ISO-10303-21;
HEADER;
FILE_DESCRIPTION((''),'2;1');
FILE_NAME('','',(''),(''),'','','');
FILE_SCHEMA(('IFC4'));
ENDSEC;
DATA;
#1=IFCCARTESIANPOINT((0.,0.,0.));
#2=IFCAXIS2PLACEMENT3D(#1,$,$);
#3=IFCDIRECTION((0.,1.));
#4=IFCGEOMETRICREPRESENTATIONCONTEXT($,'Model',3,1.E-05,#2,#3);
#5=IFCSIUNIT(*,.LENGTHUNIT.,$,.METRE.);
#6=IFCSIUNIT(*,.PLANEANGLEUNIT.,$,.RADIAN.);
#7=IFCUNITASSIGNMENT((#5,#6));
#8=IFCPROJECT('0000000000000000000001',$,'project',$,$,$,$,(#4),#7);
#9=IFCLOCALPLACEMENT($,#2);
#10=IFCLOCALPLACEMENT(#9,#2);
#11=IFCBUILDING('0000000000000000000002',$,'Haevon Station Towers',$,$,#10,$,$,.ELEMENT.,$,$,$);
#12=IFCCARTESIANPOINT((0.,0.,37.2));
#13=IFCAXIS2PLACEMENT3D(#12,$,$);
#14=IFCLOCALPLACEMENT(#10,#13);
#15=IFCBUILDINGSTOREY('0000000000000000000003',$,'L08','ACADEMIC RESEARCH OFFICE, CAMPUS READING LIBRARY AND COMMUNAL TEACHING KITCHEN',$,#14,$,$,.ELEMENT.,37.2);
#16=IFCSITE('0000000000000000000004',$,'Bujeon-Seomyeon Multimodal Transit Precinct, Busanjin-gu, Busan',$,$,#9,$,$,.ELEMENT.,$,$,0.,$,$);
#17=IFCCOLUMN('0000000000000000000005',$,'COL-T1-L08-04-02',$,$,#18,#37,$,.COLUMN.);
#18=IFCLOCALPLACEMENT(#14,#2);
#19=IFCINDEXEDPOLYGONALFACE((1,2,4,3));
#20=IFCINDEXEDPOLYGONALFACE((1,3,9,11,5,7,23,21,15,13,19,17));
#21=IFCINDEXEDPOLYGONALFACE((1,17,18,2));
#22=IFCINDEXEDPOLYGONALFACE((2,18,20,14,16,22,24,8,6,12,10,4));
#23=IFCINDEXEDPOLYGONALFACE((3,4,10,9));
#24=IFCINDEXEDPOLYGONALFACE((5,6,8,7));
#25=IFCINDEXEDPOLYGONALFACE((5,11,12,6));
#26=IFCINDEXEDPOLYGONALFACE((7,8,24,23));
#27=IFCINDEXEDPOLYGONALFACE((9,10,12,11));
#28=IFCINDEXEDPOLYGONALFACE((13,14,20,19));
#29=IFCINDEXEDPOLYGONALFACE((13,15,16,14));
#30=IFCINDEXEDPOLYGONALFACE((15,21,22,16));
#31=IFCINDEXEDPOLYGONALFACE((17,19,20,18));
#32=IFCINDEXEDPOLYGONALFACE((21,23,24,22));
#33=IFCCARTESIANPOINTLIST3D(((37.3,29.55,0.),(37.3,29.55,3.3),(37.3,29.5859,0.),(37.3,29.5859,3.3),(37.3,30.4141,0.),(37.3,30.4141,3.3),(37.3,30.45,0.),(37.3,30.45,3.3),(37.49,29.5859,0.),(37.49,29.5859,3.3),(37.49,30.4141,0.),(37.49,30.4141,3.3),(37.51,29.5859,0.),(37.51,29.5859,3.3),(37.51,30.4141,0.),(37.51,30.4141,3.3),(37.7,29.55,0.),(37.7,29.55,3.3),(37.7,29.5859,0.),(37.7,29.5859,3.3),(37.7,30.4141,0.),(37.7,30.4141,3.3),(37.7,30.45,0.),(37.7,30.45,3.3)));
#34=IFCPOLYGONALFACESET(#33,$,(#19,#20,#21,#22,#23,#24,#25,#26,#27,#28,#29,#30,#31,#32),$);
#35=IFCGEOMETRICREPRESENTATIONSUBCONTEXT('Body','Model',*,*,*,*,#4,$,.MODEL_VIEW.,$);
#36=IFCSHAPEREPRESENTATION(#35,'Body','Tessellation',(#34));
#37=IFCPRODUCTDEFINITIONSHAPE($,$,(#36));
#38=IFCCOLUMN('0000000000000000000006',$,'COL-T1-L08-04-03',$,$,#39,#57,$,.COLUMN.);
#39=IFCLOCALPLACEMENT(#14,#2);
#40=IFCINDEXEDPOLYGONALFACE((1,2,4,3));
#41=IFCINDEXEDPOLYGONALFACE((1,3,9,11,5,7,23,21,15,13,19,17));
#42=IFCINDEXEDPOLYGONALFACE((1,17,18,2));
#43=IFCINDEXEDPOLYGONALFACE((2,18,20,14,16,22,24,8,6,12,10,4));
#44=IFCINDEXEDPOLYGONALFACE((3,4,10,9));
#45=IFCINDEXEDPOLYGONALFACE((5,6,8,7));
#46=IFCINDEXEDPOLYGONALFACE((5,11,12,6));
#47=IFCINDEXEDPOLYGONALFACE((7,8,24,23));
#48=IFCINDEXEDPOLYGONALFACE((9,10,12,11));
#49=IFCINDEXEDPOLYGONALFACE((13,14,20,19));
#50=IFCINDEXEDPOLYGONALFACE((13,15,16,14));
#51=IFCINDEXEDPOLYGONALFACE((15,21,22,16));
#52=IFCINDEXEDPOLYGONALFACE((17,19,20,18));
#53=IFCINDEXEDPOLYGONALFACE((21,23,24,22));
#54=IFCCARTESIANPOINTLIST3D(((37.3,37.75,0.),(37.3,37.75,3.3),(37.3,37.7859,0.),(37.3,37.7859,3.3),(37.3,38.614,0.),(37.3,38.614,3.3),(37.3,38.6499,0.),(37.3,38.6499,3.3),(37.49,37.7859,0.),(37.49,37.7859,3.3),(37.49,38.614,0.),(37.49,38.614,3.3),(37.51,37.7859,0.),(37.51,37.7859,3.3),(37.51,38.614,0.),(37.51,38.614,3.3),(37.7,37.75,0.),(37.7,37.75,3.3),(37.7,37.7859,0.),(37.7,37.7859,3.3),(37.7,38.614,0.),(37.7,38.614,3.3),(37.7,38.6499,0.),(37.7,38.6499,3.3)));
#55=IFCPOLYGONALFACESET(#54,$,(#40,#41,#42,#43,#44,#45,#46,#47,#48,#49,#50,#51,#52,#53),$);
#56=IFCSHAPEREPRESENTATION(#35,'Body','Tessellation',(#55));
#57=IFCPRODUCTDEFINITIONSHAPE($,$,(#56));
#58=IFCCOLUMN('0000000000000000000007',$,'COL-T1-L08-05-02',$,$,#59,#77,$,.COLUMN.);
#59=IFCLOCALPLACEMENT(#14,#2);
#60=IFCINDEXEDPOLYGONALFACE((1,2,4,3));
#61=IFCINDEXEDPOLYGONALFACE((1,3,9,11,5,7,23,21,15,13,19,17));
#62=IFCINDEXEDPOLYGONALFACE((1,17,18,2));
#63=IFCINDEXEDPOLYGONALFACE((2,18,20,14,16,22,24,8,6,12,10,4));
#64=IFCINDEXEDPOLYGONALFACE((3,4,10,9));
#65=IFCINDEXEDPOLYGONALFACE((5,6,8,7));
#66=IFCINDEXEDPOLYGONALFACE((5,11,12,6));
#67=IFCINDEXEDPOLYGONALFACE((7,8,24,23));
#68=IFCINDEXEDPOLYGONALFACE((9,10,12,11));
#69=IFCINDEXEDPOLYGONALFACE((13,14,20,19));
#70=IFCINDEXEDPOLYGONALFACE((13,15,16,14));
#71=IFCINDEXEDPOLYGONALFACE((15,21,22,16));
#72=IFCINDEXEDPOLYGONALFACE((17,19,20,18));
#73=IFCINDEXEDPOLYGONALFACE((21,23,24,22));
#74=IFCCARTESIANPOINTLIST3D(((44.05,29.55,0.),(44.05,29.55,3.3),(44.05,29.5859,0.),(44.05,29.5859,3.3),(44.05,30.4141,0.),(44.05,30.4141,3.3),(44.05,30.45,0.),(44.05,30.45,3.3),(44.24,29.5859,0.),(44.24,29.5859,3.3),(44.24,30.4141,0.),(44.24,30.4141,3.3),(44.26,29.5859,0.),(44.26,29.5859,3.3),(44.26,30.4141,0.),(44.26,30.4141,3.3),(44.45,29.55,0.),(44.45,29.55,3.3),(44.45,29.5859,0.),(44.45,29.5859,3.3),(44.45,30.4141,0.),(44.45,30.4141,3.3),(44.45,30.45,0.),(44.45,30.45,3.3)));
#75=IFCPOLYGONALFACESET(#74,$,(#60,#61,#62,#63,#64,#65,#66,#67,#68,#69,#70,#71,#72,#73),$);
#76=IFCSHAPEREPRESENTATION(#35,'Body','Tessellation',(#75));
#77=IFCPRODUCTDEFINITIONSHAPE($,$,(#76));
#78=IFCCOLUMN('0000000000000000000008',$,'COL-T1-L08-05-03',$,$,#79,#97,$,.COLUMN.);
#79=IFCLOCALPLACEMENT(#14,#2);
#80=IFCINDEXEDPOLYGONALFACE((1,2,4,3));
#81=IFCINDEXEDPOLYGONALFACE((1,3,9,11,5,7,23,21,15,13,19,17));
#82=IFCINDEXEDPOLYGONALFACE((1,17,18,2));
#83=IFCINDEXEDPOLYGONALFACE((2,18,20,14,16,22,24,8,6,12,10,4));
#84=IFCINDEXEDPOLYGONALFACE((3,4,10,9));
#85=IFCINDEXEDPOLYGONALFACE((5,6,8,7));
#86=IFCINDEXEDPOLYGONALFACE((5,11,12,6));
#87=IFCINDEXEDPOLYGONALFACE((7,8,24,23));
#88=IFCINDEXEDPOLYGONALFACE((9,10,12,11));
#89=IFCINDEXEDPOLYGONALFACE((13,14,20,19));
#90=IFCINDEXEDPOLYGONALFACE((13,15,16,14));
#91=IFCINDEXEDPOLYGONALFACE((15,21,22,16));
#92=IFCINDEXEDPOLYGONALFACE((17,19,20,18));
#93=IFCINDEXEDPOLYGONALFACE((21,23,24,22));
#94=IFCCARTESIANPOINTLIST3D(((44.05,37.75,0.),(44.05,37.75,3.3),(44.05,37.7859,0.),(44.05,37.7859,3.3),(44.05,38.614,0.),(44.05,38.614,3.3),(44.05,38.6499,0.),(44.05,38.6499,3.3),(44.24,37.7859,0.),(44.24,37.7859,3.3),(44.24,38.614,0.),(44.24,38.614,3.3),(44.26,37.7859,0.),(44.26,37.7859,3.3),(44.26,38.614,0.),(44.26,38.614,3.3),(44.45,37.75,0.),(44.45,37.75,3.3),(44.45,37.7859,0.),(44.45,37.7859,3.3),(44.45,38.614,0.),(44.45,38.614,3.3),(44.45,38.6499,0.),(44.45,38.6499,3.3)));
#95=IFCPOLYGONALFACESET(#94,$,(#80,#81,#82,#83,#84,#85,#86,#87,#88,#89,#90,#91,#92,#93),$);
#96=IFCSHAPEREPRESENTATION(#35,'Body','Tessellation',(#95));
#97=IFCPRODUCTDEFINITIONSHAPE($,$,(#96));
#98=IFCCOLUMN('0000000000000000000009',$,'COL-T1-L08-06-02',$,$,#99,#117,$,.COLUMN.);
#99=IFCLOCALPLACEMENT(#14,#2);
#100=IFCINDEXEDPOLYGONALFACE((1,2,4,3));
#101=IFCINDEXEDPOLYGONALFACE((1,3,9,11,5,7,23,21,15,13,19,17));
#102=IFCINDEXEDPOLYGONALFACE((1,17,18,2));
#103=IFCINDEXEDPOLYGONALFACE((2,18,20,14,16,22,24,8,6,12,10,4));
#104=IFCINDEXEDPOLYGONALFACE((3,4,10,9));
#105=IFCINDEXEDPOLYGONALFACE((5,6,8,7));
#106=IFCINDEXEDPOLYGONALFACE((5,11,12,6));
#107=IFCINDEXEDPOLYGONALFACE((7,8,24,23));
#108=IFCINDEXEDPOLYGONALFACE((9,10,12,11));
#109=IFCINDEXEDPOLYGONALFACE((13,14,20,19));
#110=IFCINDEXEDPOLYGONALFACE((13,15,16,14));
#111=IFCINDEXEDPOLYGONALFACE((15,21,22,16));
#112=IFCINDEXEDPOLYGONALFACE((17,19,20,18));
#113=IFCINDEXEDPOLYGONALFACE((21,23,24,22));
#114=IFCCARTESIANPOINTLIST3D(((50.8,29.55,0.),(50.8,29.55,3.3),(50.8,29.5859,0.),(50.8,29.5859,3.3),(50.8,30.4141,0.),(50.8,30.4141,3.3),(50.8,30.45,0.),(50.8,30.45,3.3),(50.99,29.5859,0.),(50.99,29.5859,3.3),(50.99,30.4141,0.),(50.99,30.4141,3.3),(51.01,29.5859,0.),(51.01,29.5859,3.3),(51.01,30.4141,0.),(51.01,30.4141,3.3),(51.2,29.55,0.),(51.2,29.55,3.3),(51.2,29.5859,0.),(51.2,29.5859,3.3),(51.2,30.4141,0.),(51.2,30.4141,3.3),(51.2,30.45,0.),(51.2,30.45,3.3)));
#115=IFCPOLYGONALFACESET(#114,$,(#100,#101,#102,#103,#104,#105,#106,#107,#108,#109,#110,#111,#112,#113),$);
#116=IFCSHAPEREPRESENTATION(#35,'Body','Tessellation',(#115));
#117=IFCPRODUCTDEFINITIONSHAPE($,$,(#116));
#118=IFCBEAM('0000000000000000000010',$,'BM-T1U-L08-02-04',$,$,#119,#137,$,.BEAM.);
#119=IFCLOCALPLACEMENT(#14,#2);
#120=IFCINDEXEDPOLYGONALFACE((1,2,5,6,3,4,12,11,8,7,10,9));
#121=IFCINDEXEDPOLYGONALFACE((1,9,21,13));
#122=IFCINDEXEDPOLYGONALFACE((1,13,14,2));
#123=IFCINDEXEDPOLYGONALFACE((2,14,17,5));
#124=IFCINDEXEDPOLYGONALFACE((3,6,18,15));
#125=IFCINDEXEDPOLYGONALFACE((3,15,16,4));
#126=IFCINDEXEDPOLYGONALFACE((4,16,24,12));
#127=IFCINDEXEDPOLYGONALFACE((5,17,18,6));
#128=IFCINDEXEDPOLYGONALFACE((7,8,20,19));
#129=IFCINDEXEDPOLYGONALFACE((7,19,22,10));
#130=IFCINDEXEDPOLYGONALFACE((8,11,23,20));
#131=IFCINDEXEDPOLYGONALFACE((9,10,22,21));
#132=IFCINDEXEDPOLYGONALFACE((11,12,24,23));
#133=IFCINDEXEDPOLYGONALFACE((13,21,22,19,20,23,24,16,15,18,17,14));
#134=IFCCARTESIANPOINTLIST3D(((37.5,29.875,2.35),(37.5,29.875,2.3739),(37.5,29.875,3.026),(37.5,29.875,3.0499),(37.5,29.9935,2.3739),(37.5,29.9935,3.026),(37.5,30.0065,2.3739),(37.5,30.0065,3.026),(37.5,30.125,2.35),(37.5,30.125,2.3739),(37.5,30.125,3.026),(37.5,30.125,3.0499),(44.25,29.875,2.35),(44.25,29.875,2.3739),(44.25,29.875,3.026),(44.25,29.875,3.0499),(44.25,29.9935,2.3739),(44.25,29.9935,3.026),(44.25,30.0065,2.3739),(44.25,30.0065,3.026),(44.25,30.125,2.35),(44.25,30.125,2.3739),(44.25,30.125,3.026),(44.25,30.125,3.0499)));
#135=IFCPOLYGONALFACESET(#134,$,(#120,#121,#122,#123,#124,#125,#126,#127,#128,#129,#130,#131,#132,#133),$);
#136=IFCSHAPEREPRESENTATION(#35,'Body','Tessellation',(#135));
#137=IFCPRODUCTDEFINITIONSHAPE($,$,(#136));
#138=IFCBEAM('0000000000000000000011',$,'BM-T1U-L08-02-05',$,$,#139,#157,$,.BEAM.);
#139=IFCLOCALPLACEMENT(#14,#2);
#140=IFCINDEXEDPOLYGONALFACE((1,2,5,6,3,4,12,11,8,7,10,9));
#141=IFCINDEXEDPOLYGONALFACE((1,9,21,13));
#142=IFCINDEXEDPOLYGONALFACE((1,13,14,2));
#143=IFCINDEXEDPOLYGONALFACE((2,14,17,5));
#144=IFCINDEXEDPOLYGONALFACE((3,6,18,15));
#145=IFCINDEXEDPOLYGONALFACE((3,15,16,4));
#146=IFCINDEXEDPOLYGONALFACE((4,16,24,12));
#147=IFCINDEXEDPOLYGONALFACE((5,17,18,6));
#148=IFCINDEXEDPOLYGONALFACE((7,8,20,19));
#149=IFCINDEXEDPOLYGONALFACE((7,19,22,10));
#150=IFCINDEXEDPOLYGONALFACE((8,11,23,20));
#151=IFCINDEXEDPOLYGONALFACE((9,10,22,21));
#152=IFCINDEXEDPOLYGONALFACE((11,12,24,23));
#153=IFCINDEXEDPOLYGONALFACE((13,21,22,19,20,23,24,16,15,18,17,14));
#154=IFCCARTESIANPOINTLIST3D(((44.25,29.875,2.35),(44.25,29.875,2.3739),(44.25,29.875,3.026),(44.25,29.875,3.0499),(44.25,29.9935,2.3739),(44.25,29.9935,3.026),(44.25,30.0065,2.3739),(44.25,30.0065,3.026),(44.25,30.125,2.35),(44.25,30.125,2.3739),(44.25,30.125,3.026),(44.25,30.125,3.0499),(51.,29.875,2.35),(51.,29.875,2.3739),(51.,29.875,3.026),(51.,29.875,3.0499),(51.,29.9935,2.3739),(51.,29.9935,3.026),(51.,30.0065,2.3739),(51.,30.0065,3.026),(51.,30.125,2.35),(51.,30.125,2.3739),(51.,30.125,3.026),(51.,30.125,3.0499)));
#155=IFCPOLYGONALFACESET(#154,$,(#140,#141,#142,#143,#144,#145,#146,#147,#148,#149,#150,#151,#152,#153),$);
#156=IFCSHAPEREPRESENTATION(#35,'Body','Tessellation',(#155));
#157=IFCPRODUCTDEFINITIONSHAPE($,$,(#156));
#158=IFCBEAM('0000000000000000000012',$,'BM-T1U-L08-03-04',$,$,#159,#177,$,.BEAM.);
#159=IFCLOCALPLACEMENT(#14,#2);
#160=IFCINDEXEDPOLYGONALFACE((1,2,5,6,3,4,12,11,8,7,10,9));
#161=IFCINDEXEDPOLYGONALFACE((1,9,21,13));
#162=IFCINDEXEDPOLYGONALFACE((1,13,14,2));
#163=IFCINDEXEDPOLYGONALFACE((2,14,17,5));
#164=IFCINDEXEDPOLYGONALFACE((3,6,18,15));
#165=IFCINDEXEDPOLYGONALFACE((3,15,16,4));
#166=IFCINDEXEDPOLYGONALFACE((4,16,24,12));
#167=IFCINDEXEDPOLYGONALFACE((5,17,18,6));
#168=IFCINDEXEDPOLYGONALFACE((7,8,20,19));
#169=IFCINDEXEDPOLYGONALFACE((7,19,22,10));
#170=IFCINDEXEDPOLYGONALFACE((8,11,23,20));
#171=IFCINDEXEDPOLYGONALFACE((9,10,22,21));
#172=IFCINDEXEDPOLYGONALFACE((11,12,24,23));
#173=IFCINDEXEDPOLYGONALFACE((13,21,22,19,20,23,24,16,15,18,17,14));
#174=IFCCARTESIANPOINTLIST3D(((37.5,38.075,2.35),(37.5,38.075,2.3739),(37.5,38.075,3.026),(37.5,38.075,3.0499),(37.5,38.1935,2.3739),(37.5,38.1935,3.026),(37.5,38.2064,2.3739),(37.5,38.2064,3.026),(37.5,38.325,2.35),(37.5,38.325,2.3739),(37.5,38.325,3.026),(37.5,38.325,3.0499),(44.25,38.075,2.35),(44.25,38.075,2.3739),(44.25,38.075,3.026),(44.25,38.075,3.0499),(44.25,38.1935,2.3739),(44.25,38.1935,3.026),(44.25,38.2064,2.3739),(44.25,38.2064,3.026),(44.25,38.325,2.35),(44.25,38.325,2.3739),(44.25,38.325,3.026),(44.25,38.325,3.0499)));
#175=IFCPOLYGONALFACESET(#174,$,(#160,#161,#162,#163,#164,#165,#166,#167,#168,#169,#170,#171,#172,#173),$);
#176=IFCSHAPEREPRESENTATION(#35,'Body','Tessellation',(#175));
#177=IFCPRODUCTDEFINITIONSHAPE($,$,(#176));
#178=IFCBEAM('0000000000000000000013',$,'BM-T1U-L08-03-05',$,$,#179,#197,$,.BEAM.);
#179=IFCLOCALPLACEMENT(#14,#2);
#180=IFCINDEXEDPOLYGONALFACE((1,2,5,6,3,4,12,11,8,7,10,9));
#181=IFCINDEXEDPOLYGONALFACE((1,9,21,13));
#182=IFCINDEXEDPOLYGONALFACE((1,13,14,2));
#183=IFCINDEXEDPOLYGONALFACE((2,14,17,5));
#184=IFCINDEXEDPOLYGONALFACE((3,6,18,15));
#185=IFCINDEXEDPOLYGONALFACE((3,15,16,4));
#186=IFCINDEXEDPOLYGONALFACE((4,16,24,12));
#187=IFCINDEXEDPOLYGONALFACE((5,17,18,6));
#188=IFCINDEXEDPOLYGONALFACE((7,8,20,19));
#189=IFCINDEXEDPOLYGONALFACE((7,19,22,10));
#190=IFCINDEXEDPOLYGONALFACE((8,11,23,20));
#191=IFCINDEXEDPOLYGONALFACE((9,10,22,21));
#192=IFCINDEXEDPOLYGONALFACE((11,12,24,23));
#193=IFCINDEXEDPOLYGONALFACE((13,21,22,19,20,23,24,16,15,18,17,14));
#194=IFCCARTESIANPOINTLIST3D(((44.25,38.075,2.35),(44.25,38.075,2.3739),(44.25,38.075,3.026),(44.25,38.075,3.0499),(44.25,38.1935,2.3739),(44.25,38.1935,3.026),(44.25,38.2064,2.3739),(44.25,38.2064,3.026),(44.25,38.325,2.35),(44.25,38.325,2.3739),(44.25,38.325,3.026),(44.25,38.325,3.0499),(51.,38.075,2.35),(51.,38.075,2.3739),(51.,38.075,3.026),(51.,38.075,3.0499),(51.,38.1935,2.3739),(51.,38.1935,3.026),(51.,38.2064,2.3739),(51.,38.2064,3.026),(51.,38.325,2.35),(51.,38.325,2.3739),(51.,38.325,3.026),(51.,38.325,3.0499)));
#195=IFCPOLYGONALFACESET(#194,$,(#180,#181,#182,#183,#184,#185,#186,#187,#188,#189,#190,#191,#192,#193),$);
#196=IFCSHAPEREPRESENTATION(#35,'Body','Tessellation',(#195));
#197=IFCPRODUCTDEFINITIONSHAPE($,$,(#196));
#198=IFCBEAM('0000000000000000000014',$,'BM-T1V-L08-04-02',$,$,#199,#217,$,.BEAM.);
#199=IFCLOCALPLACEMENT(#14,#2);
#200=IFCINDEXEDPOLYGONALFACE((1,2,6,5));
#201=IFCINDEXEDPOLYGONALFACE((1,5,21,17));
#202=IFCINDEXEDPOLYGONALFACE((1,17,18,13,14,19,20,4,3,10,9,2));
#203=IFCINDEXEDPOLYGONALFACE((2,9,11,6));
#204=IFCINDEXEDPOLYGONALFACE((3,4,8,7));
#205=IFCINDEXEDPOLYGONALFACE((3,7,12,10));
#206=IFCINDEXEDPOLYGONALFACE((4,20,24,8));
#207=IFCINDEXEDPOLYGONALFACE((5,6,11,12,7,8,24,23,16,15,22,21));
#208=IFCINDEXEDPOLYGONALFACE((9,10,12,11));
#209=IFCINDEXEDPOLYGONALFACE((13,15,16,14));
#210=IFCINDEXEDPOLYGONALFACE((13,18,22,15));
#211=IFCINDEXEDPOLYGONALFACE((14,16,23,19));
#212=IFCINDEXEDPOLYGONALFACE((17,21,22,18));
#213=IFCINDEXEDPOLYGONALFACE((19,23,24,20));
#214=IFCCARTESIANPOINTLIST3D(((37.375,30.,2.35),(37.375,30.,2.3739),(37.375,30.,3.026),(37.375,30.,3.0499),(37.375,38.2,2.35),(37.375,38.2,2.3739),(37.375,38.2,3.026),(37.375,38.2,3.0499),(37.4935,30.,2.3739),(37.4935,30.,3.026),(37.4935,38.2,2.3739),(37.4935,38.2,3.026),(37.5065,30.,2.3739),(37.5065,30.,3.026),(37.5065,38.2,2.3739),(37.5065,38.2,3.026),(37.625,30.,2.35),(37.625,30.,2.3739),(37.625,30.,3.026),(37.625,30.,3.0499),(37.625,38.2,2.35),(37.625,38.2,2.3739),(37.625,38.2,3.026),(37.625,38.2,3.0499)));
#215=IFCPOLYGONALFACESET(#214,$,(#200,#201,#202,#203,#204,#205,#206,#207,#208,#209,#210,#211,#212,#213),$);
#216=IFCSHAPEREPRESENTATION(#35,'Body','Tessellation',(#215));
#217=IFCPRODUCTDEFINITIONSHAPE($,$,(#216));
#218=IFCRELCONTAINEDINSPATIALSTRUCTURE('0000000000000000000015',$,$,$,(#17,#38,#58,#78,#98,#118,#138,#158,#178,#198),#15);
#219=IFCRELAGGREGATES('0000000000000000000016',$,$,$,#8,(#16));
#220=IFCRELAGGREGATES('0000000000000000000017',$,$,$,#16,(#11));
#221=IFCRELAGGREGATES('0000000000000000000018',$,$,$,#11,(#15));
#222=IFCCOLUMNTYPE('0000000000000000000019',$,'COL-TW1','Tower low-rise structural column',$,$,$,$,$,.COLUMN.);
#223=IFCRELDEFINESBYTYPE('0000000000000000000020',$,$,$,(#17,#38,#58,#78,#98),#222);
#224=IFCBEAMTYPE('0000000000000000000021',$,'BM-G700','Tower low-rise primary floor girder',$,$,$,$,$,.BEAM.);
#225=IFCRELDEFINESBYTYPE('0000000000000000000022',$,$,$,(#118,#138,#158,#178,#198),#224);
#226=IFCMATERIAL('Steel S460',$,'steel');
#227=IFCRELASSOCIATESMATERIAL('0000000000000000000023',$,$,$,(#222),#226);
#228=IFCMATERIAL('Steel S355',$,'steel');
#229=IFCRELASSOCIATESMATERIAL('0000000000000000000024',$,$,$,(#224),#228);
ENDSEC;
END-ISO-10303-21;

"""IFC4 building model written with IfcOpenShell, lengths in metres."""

from ifc_helpers import new_model, si_unit, direction, frame, origin, origin_2d, place, context, subcontext, project, spatial, i_section, extrude, material, material_profile, profile_set, type_object, element, save


model = new_model("IFC4")

# Units and contexts
model_context = context("Model", 3, precision=1e-05, world=origin(), true_north=direction((0.0, 1.0)))
body_context = subcontext(model_context, "Body", "Model", "MODEL_VIEW")
ifc_project = project(units=[si_unit("LENGTHUNIT", "METRE"), si_unit("PLANEANGLEUNIT", "RADIAN")], contexts=[model_context])

# Site, building, storey
site_placement = place(None, origin())
site = spatial("IfcSite", under=ifc_project, at=site_placement, Name="Bujeon-Seomyeon Multimodal Transit Precinct, Busanjin-gu, Busan", CompositionType="ELEMENT", RefElevation=0.0)
building_placement = place(site_placement, origin())
building = spatial("IfcBuilding", under=site, at=building_placement, Name="Haevon Station Towers", CompositionType="ELEMENT")
storey_placement = place(building_placement, frame((0.0, 0.0, 37.2)))
storey = spatial("IfcBuildingStorey", under=building, at=storey_placement, Name="L08", Description="ACADEMIC RESEARCH OFFICE, CAMPUS READING LIBRARY AND COMMUNAL TEACHING KITCHEN", CompositionType="ELEMENT", Elevation=37.2)

# Columns
ifc_material_1 = material(Name="Steel S460", Category="steel")
ifc_material_profile_1 = material_profile(ifc_material_1, i_section(OverallWidth=0.3999, OverallDepth=0.8999, WebThickness=0.02, FlangeThickness=0.0359, at=origin_2d()), Name="H-900x400x20x36")
ifc_profile_set_1 = profile_set([ifc_material_profile_1], Name="Steel S460")
column_type = type_object("IfcColumnType", Name="COL-TW1", Description="Tower low-rise structural column", PredefinedType="COLUMN", material=ifc_profile_set_1)
for number, where, z_axis, x_axis, name in (
    (1, (37.5, 30.0, 0.0), (0.0, 0.0, 1.0), (1.0, 0.0, 0.0), "COL-T1-L08-04-02"),
    (2, (37.5, 38.2, 0.0), (0.0, 0.0, 1.0), (1.0, 0.0, 0.0), "COL-T1-L08-04-03"),
    (3, (44.25, 30.0, 0.0), (0.0, 0.0, 1.0), (1.0, 0.0, 0.0), "COL-T1-L08-05-02"),
    (4, (44.25, 38.2, 0.0), (0.0, 0.0, 1.0), (1.0, 0.0, 0.0), "COL-T1-L08-05-03"),
    (5, (51.0, 30.0, 0.0), (0.0, 0.0, 1.0), (1.0, 0.0, 0.0), "COL-T1-L08-06-02"),
):
    element("IfcColumn", number, at=place(storey_placement, frame(where, z_axis=z_axis, x_axis=x_axis)), inside=storey, type_object=column_type, Name=name, PredefinedType="COLUMN", context=body_context, shape_type="SweptSolid", body=[
        extrude(i_section(OverallWidth=0.3999, OverallDepth=0.8999, WebThickness=0.02, FlangeThickness=0.0359, at=origin_2d()), origin(), (0.0, 0.0, 1.0), 3.3),
    ])

# Beams
ifc_material_2 = material(Name="Steel S355", Category="steel")
ifc_material_profile_2 = material_profile(ifc_material_2, i_section(OverallWidth=0.25, OverallDepth=0.7, WebThickness=0.0129, FlangeThickness=0.0239, at=origin_2d()), Name="H-700x250x13x24")
ifc_profile_set_2 = profile_set([ifc_material_profile_2], Name="Steel S355")
beam_type_1 = type_object("IfcBeamType", Name="BM-G700", Description="Tower low-rise primary floor girder", PredefinedType="BEAM", material=ifc_profile_set_2)
for number, where, z_axis, x_axis, name in (
    (6, (37.5, 30.0, 2.7), (1.0, 0.0, 0.0), (0.0, 1.0, 0.0), "BM-T1U-L08-02-04"),
    (7, (44.25, 30.0, 2.7), (1.0, 0.0, 0.0), (0.0, 1.0, 0.0), "BM-T1U-L08-02-05"),
    (8, (37.5, 38.2, 2.7), (1.0, 0.0, 0.0), (0.0, 1.0, 0.0), "BM-T1U-L08-03-04"),
    (9, (44.25, 38.2, 2.7), (1.0, 0.0, 0.0), (0.0, 1.0, 0.0), "BM-T1U-L08-03-05"),
):
    element("IfcBeam", number, at=place(storey_placement, frame(where, z_axis=z_axis, x_axis=x_axis)), inside=storey, type_object=beam_type_1, Name=name, PredefinedType="BEAM", context=body_context, shape_type="SweptSolid", body=[
        extrude(i_section(OverallWidth=0.25, OverallDepth=0.7, WebThickness=0.0129, FlangeThickness=0.0239, at=origin_2d()), origin(), (0.0, 0.0, 1.0), 6.75),
    ])
for number, where, z_axis, x_axis, name in (
    (10, (37.5, 30.0, 2.7), (0.0, 1.0, 0.0), (-1.0, 0.0, 0.0), "BM-T1V-L08-04-02"),
):
    element("IfcBeam", number, at=place(storey_placement, frame(where, z_axis=z_axis, x_axis=x_axis)), inside=storey, type_object=beam_type_1, Name=name, PredefinedType="BEAM", context=body_context, shape_type="SweptSolid", body=[
        extrude(i_section(OverallWidth=0.25, OverallDepth=0.7, WebThickness=0.0129, FlangeThickness=0.0239, at=origin_2d()), origin(), (0.0, 0.0, 1.0), 8.2),
    ])

save(model, "model.ifc")
